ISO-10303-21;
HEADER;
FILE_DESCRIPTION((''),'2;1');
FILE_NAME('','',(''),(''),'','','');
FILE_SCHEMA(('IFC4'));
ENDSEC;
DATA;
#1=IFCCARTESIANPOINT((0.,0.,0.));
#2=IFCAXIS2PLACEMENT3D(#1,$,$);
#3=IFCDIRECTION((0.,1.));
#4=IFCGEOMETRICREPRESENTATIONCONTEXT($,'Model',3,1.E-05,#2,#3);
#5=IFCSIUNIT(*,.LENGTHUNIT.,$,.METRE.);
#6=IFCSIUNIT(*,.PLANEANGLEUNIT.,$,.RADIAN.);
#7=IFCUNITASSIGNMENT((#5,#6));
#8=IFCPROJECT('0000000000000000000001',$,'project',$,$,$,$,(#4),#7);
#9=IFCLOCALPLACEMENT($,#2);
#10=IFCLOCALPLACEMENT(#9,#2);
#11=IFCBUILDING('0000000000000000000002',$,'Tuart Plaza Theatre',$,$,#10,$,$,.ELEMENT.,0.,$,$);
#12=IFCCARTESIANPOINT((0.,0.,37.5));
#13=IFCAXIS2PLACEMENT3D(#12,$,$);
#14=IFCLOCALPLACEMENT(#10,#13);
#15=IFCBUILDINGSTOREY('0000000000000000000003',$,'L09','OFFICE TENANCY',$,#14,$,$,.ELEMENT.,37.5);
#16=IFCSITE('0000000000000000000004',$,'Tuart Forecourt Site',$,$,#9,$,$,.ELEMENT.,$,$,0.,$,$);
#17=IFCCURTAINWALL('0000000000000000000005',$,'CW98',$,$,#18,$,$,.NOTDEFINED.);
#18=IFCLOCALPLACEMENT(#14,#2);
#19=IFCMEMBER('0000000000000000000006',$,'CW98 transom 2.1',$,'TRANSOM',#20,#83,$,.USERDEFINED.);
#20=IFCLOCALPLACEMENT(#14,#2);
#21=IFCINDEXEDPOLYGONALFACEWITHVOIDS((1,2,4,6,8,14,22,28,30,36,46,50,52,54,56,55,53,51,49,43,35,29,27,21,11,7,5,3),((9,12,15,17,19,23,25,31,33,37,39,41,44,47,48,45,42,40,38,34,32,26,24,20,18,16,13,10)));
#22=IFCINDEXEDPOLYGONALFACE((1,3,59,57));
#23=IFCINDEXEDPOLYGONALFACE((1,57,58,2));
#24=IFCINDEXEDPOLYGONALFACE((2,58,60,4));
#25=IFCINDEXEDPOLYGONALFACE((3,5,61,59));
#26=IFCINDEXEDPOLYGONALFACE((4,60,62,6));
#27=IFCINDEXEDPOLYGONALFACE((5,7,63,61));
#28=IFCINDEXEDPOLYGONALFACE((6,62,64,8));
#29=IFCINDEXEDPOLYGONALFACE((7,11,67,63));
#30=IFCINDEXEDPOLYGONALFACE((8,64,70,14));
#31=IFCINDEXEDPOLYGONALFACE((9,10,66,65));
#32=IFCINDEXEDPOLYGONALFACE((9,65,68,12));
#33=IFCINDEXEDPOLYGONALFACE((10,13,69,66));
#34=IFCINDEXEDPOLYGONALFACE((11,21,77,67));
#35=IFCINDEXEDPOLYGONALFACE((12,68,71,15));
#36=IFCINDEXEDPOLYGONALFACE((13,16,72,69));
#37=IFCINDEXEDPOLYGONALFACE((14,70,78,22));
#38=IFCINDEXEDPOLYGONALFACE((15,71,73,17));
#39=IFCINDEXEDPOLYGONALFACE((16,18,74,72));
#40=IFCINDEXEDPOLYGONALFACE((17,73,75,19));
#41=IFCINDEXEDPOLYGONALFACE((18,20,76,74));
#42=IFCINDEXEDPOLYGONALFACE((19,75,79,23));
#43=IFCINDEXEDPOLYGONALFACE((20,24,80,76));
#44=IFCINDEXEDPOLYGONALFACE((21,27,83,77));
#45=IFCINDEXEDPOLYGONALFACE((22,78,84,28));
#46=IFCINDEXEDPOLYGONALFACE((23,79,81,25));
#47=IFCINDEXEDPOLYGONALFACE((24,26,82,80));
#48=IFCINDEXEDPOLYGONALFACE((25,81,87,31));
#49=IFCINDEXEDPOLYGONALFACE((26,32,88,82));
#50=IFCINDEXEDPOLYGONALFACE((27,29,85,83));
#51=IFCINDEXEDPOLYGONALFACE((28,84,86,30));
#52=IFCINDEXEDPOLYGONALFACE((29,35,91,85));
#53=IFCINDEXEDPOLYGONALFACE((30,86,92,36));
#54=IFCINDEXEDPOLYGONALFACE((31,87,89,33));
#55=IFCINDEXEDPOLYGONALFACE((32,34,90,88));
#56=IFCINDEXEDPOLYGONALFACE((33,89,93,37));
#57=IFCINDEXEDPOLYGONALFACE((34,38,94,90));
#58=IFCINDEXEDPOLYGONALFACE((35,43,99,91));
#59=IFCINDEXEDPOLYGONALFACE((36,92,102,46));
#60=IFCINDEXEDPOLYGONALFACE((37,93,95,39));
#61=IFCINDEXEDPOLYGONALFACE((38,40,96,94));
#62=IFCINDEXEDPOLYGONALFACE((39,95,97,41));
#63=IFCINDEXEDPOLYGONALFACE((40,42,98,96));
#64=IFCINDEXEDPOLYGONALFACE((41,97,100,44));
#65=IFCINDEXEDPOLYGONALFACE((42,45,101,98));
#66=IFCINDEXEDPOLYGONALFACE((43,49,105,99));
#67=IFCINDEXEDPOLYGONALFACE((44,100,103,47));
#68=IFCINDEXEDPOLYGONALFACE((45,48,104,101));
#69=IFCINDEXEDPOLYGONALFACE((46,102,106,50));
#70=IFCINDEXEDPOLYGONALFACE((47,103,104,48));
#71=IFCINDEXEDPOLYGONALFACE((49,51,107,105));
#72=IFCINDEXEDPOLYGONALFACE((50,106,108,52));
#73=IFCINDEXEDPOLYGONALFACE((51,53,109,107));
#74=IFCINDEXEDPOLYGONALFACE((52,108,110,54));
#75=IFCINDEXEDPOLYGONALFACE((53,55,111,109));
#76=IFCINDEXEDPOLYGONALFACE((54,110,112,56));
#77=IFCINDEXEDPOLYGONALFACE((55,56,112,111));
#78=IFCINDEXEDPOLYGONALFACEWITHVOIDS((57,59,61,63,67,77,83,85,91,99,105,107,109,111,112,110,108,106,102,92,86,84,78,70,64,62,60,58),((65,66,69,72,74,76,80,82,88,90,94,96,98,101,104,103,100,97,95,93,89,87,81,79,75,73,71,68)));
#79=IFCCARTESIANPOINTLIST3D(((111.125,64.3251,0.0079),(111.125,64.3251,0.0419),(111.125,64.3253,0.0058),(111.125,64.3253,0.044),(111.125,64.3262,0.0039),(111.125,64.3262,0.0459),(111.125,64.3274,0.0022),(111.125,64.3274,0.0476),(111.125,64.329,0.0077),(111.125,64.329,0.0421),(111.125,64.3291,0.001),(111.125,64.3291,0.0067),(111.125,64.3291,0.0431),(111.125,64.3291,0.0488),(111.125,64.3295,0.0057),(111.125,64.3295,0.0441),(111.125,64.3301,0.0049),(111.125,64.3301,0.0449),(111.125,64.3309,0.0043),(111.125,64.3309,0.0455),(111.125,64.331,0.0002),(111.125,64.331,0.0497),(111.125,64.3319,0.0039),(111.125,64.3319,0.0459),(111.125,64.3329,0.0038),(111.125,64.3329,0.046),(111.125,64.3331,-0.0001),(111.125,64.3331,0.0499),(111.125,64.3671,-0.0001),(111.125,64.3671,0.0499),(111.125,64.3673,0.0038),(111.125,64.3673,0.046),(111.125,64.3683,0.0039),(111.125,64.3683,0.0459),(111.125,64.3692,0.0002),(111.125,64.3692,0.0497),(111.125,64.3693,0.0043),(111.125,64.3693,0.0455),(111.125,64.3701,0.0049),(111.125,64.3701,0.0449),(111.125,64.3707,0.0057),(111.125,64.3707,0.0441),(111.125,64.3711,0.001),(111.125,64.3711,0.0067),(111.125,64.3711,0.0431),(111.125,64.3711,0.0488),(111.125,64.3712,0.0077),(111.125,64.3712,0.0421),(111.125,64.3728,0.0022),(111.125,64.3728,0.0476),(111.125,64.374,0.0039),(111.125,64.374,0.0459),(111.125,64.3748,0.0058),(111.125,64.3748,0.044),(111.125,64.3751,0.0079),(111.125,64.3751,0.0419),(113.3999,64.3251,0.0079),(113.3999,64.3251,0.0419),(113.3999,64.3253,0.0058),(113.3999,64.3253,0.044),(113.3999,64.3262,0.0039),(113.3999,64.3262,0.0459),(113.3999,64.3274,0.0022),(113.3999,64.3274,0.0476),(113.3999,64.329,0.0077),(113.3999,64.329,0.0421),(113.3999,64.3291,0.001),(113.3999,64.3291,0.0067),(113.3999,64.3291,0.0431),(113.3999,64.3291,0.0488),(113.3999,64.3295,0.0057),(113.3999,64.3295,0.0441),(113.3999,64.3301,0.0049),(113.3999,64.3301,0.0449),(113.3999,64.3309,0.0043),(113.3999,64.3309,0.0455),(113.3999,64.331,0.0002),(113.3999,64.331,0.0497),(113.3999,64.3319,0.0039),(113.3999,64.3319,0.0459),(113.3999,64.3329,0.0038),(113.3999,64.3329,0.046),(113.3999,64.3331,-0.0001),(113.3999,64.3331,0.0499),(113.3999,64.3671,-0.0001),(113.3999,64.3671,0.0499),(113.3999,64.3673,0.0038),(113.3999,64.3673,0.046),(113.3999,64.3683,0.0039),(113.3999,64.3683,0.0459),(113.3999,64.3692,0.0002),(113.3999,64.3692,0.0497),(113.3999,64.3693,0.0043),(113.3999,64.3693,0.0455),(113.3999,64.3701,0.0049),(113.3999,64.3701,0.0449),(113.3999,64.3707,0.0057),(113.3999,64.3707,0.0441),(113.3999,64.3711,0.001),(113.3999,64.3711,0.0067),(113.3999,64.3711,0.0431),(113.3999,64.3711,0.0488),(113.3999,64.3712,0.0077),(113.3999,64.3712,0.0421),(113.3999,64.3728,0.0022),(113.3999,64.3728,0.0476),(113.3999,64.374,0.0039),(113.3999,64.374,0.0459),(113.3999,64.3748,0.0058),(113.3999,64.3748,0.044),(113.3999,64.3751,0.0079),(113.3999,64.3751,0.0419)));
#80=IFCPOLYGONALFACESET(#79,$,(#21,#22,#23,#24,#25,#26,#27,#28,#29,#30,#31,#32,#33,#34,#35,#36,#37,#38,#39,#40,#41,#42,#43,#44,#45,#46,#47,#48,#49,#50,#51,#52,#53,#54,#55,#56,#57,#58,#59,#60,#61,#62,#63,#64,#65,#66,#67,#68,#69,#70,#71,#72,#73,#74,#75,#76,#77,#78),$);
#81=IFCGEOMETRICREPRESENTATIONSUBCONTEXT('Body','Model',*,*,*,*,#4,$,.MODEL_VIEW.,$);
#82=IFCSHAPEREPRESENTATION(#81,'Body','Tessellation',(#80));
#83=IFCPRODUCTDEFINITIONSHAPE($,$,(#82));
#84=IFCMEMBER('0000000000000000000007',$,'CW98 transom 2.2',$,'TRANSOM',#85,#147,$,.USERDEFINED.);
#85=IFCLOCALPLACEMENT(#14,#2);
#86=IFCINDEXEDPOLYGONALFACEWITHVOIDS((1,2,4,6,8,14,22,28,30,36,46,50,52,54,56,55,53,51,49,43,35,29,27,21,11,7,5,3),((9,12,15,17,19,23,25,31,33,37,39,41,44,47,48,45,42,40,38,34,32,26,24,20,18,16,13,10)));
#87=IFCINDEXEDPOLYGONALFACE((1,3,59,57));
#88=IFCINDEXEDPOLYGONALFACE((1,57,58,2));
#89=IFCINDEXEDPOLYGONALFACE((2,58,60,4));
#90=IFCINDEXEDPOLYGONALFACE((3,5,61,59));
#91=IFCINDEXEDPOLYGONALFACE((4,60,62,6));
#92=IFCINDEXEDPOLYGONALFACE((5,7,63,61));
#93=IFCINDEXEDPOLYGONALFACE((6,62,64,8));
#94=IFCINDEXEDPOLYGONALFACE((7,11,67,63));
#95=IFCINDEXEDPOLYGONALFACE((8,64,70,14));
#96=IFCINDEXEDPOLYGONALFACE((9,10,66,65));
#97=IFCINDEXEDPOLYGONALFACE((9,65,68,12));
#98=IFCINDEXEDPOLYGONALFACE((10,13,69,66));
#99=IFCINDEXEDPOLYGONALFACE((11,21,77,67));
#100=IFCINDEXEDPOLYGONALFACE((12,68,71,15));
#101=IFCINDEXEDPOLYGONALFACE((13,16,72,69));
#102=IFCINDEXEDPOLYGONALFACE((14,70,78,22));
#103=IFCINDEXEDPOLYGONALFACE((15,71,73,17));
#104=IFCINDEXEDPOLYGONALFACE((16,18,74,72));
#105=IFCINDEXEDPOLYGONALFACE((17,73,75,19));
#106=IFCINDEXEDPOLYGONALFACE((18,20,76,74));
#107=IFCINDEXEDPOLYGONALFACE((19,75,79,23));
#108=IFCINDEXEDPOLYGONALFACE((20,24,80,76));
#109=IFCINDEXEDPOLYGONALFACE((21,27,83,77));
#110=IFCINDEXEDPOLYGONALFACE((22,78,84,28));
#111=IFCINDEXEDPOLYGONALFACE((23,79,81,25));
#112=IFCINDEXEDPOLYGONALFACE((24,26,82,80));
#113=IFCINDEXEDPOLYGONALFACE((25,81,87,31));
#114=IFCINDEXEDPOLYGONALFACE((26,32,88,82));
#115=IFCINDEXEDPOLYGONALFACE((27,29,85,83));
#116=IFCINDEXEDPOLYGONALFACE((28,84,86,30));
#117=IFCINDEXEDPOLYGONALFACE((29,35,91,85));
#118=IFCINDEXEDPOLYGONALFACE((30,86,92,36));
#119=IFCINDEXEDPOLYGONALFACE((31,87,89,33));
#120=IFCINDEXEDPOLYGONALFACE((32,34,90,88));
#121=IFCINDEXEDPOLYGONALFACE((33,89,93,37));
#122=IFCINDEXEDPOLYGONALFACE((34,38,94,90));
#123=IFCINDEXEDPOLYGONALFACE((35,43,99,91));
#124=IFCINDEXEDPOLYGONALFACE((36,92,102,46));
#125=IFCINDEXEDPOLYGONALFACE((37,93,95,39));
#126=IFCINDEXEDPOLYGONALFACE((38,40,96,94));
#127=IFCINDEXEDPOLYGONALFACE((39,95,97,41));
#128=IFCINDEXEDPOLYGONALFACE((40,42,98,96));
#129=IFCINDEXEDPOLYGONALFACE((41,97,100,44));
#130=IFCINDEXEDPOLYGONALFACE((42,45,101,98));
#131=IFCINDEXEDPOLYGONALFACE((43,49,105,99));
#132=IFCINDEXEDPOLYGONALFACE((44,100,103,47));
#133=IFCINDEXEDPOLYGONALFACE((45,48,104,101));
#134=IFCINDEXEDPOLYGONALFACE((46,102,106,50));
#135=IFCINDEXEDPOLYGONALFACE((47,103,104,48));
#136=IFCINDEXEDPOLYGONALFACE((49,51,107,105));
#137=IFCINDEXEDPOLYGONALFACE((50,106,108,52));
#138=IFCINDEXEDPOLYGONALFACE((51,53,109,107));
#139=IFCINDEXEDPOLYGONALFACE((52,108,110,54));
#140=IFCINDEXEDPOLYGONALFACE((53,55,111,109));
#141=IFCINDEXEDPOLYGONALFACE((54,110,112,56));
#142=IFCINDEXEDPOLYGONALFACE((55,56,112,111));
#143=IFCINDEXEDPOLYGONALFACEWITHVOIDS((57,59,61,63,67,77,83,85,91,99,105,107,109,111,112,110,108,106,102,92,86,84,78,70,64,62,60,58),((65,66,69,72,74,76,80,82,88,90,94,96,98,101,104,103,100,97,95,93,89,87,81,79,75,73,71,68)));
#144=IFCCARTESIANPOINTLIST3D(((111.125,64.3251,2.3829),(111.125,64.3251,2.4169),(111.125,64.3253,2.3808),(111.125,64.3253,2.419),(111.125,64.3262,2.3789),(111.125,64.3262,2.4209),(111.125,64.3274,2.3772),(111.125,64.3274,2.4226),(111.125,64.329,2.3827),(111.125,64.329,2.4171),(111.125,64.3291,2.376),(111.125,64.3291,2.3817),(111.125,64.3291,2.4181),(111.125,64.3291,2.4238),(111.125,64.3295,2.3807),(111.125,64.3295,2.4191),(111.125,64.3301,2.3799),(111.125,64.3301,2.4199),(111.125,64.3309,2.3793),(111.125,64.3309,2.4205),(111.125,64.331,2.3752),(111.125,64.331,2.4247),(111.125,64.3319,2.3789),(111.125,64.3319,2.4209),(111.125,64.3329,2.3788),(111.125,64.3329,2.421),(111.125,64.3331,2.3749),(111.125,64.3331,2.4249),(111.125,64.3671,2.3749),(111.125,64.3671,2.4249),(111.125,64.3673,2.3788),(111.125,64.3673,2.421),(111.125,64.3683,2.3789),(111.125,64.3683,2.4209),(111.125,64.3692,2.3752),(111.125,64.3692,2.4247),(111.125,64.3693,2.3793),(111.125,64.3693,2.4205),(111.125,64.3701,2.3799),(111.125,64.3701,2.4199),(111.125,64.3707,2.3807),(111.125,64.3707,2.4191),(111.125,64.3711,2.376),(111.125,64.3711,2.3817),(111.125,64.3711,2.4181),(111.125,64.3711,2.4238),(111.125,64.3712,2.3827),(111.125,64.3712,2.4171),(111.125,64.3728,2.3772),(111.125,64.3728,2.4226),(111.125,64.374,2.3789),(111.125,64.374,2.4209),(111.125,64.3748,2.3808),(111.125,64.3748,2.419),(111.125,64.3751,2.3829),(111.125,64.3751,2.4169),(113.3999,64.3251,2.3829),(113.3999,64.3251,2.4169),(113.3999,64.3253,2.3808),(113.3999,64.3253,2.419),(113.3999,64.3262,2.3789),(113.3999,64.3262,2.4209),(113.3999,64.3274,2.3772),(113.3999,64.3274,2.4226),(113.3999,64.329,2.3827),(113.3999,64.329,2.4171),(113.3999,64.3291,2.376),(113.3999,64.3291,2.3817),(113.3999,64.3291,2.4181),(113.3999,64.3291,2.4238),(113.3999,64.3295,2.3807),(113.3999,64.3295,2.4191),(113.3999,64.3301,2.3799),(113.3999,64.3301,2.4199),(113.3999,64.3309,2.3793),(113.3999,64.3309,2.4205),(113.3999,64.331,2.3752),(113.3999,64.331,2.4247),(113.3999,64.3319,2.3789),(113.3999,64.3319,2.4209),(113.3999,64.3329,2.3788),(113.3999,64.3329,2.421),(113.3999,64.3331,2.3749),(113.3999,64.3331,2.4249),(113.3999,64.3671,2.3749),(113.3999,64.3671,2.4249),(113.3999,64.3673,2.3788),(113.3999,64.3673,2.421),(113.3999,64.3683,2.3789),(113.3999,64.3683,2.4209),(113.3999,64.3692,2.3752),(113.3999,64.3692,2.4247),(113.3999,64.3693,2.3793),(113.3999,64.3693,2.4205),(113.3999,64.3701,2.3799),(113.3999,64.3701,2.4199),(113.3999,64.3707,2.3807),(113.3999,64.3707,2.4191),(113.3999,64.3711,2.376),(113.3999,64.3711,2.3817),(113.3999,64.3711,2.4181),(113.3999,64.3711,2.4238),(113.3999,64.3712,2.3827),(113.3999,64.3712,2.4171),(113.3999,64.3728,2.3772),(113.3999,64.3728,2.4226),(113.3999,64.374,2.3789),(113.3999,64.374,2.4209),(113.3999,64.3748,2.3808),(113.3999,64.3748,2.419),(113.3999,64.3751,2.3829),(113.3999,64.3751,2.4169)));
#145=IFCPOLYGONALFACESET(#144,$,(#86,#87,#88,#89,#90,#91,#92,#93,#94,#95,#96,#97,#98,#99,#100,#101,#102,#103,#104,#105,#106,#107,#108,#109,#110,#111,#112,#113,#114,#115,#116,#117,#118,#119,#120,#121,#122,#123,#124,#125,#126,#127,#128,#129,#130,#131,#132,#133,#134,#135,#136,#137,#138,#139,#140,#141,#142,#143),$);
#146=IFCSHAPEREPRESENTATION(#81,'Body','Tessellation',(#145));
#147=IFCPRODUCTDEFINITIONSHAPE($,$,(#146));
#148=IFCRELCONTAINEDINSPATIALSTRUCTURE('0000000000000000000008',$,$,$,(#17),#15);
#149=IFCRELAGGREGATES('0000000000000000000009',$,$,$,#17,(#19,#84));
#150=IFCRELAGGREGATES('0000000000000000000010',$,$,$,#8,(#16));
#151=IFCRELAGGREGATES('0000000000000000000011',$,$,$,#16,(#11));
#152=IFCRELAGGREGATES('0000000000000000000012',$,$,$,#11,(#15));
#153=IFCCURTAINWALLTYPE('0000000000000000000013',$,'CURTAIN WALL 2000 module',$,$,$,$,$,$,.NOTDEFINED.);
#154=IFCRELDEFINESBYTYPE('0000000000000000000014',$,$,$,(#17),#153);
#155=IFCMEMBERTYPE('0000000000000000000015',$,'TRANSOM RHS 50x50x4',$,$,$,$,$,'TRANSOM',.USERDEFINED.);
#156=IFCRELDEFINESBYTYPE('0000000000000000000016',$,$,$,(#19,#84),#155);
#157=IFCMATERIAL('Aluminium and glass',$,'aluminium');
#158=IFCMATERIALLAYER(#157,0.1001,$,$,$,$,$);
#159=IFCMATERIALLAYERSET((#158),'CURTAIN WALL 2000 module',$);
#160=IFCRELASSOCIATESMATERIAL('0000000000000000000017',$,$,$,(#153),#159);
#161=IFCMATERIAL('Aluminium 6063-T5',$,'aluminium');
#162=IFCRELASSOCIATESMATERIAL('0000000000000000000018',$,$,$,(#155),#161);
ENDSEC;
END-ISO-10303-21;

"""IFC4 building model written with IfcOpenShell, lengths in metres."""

from ifc_helpers import new_model, si_unit, direction, frame, origin, origin_2d, place, context, subcontext, project, spatial, hollow_rectangle, extrude, material, layer, layer_set, material_profile, profile_set, type_object, element, aggregate, save


model = new_model("IFC4")

# Units and contexts
model_context = context("Model", 3, precision=1e-05, world=origin(), true_north=direction((0.0, 1.0)))
body_context = subcontext(model_context, "Body", "Model", "MODEL_VIEW")
ifc_project = project(units=[si_unit("LENGTHUNIT", "METRE"), si_unit("PLANEANGLEUNIT", "RADIAN")], contexts=[model_context])

# Site, building, storey
site_placement = place(None, origin())
site = spatial("IfcSite", under=ifc_project, at=site_placement, Name="Tuart Forecourt Site", CompositionType="ELEMENT", RefElevation=0.0)
building_placement = place(site_placement, origin())
building = spatial("IfcBuilding", under=site, at=building_placement, Name="Tuart Plaza Theatre", CompositionType="ELEMENT", ElevationOfRefHeight=0.0)
storey_placement = place(building_placement, frame((0.0, 0.0, 37.5)))
storey = spatial("IfcBuildingStorey", under=building, at=storey_placement, Name="L09", Description="OFFICE TENANCY", CompositionType="ELEMENT", Elevation=37.5)

# Curtain wall
ifc_material_1 = material(Name="Aluminium and glass", Category="aluminium")
ifc_layer_1 = layer(ifc_material_1, 0.1001)
ifc_layer_set_1 = layer_set([ifc_layer_1], Name="CURTAIN WALL 2000 module")
curtain_wall_type = type_object("IfcCurtainWallType", Name="CURTAIN WALL 2000 module", PredefinedType="NOTDEFINED", material=ifc_layer_set_1)
curtain_wall_1_placement = place(storey_placement, origin())
curtain_wall_1 = element("IfcCurtainWall", 1, at=curtain_wall_1_placement, inside=storey, type_object=curtain_wall_type, Name="CW98", PredefinedType="NOTDEFINED")

# Members
ifc_material_2 = material(Name="Aluminium 6063-T5", Category="aluminium")
ifc_material_profile_1 = material_profile(ifc_material_2, hollow_rectangle(XDim=0.05, YDim=0.05, WallThickness=0.0039, InnerFilletRadius=0.0039, OuterFilletRadius=0.0081, at=origin_2d()), Name="RHS 50x50x4")
ifc_profile_set_1 = profile_set([ifc_material_profile_1], Name="Aluminium 6063-T5")
member_type_1 = type_object("IfcMemberType", Name="TRANSOM RHS 50x50x4", ElementType="TRANSOM", PredefinedType="USERDEFINED", material=ifc_profile_set_1)
member_1_placement = place(storey_placement, frame((111.125, 64.3501, 0.0249), z_axis=(1.0, 0.0, 0.0), x_axis=(0.0, 1.0, 0.0)))
member_1 = element("IfcMember", 2, at=member_1_placement, type_object=member_type_1, Name="CW98 transom 2.1", ObjectType="TRANSOM", PredefinedType="USERDEFINED", context=body_context, shape_type="SweptSolid", body=[
    extrude(hollow_rectangle(XDim=0.05, YDim=0.05, WallThickness=0.0039, InnerFilletRadius=0.0039, OuterFilletRadius=0.0081, at=origin_2d()), origin(), (0.0, 0.0, 1.0), 2.2749),
])
member_2_placement = place(storey_placement, frame((111.125, 64.3501, 2.3999), z_axis=(1.0, 0.0, 0.0), x_axis=(0.0, 1.0, 0.0)))
member_2 = element("IfcMember", 3, at=member_2_placement, type_object=member_type_1, Name="CW98 transom 2.2", ObjectType="TRANSOM", PredefinedType="USERDEFINED", context=body_context, shape_type="SweptSolid", body=[
    extrude(hollow_rectangle(XDim=0.05, YDim=0.05, WallThickness=0.0039, InnerFilletRadius=0.0039, OuterFilletRadius=0.0081, at=origin_2d()), origin(), (0.0, 0.0, 1.0), 2.2749),
])

aggregate(curtain_wall_1, [member_1, member_2])

save(model, "model.ifc")
